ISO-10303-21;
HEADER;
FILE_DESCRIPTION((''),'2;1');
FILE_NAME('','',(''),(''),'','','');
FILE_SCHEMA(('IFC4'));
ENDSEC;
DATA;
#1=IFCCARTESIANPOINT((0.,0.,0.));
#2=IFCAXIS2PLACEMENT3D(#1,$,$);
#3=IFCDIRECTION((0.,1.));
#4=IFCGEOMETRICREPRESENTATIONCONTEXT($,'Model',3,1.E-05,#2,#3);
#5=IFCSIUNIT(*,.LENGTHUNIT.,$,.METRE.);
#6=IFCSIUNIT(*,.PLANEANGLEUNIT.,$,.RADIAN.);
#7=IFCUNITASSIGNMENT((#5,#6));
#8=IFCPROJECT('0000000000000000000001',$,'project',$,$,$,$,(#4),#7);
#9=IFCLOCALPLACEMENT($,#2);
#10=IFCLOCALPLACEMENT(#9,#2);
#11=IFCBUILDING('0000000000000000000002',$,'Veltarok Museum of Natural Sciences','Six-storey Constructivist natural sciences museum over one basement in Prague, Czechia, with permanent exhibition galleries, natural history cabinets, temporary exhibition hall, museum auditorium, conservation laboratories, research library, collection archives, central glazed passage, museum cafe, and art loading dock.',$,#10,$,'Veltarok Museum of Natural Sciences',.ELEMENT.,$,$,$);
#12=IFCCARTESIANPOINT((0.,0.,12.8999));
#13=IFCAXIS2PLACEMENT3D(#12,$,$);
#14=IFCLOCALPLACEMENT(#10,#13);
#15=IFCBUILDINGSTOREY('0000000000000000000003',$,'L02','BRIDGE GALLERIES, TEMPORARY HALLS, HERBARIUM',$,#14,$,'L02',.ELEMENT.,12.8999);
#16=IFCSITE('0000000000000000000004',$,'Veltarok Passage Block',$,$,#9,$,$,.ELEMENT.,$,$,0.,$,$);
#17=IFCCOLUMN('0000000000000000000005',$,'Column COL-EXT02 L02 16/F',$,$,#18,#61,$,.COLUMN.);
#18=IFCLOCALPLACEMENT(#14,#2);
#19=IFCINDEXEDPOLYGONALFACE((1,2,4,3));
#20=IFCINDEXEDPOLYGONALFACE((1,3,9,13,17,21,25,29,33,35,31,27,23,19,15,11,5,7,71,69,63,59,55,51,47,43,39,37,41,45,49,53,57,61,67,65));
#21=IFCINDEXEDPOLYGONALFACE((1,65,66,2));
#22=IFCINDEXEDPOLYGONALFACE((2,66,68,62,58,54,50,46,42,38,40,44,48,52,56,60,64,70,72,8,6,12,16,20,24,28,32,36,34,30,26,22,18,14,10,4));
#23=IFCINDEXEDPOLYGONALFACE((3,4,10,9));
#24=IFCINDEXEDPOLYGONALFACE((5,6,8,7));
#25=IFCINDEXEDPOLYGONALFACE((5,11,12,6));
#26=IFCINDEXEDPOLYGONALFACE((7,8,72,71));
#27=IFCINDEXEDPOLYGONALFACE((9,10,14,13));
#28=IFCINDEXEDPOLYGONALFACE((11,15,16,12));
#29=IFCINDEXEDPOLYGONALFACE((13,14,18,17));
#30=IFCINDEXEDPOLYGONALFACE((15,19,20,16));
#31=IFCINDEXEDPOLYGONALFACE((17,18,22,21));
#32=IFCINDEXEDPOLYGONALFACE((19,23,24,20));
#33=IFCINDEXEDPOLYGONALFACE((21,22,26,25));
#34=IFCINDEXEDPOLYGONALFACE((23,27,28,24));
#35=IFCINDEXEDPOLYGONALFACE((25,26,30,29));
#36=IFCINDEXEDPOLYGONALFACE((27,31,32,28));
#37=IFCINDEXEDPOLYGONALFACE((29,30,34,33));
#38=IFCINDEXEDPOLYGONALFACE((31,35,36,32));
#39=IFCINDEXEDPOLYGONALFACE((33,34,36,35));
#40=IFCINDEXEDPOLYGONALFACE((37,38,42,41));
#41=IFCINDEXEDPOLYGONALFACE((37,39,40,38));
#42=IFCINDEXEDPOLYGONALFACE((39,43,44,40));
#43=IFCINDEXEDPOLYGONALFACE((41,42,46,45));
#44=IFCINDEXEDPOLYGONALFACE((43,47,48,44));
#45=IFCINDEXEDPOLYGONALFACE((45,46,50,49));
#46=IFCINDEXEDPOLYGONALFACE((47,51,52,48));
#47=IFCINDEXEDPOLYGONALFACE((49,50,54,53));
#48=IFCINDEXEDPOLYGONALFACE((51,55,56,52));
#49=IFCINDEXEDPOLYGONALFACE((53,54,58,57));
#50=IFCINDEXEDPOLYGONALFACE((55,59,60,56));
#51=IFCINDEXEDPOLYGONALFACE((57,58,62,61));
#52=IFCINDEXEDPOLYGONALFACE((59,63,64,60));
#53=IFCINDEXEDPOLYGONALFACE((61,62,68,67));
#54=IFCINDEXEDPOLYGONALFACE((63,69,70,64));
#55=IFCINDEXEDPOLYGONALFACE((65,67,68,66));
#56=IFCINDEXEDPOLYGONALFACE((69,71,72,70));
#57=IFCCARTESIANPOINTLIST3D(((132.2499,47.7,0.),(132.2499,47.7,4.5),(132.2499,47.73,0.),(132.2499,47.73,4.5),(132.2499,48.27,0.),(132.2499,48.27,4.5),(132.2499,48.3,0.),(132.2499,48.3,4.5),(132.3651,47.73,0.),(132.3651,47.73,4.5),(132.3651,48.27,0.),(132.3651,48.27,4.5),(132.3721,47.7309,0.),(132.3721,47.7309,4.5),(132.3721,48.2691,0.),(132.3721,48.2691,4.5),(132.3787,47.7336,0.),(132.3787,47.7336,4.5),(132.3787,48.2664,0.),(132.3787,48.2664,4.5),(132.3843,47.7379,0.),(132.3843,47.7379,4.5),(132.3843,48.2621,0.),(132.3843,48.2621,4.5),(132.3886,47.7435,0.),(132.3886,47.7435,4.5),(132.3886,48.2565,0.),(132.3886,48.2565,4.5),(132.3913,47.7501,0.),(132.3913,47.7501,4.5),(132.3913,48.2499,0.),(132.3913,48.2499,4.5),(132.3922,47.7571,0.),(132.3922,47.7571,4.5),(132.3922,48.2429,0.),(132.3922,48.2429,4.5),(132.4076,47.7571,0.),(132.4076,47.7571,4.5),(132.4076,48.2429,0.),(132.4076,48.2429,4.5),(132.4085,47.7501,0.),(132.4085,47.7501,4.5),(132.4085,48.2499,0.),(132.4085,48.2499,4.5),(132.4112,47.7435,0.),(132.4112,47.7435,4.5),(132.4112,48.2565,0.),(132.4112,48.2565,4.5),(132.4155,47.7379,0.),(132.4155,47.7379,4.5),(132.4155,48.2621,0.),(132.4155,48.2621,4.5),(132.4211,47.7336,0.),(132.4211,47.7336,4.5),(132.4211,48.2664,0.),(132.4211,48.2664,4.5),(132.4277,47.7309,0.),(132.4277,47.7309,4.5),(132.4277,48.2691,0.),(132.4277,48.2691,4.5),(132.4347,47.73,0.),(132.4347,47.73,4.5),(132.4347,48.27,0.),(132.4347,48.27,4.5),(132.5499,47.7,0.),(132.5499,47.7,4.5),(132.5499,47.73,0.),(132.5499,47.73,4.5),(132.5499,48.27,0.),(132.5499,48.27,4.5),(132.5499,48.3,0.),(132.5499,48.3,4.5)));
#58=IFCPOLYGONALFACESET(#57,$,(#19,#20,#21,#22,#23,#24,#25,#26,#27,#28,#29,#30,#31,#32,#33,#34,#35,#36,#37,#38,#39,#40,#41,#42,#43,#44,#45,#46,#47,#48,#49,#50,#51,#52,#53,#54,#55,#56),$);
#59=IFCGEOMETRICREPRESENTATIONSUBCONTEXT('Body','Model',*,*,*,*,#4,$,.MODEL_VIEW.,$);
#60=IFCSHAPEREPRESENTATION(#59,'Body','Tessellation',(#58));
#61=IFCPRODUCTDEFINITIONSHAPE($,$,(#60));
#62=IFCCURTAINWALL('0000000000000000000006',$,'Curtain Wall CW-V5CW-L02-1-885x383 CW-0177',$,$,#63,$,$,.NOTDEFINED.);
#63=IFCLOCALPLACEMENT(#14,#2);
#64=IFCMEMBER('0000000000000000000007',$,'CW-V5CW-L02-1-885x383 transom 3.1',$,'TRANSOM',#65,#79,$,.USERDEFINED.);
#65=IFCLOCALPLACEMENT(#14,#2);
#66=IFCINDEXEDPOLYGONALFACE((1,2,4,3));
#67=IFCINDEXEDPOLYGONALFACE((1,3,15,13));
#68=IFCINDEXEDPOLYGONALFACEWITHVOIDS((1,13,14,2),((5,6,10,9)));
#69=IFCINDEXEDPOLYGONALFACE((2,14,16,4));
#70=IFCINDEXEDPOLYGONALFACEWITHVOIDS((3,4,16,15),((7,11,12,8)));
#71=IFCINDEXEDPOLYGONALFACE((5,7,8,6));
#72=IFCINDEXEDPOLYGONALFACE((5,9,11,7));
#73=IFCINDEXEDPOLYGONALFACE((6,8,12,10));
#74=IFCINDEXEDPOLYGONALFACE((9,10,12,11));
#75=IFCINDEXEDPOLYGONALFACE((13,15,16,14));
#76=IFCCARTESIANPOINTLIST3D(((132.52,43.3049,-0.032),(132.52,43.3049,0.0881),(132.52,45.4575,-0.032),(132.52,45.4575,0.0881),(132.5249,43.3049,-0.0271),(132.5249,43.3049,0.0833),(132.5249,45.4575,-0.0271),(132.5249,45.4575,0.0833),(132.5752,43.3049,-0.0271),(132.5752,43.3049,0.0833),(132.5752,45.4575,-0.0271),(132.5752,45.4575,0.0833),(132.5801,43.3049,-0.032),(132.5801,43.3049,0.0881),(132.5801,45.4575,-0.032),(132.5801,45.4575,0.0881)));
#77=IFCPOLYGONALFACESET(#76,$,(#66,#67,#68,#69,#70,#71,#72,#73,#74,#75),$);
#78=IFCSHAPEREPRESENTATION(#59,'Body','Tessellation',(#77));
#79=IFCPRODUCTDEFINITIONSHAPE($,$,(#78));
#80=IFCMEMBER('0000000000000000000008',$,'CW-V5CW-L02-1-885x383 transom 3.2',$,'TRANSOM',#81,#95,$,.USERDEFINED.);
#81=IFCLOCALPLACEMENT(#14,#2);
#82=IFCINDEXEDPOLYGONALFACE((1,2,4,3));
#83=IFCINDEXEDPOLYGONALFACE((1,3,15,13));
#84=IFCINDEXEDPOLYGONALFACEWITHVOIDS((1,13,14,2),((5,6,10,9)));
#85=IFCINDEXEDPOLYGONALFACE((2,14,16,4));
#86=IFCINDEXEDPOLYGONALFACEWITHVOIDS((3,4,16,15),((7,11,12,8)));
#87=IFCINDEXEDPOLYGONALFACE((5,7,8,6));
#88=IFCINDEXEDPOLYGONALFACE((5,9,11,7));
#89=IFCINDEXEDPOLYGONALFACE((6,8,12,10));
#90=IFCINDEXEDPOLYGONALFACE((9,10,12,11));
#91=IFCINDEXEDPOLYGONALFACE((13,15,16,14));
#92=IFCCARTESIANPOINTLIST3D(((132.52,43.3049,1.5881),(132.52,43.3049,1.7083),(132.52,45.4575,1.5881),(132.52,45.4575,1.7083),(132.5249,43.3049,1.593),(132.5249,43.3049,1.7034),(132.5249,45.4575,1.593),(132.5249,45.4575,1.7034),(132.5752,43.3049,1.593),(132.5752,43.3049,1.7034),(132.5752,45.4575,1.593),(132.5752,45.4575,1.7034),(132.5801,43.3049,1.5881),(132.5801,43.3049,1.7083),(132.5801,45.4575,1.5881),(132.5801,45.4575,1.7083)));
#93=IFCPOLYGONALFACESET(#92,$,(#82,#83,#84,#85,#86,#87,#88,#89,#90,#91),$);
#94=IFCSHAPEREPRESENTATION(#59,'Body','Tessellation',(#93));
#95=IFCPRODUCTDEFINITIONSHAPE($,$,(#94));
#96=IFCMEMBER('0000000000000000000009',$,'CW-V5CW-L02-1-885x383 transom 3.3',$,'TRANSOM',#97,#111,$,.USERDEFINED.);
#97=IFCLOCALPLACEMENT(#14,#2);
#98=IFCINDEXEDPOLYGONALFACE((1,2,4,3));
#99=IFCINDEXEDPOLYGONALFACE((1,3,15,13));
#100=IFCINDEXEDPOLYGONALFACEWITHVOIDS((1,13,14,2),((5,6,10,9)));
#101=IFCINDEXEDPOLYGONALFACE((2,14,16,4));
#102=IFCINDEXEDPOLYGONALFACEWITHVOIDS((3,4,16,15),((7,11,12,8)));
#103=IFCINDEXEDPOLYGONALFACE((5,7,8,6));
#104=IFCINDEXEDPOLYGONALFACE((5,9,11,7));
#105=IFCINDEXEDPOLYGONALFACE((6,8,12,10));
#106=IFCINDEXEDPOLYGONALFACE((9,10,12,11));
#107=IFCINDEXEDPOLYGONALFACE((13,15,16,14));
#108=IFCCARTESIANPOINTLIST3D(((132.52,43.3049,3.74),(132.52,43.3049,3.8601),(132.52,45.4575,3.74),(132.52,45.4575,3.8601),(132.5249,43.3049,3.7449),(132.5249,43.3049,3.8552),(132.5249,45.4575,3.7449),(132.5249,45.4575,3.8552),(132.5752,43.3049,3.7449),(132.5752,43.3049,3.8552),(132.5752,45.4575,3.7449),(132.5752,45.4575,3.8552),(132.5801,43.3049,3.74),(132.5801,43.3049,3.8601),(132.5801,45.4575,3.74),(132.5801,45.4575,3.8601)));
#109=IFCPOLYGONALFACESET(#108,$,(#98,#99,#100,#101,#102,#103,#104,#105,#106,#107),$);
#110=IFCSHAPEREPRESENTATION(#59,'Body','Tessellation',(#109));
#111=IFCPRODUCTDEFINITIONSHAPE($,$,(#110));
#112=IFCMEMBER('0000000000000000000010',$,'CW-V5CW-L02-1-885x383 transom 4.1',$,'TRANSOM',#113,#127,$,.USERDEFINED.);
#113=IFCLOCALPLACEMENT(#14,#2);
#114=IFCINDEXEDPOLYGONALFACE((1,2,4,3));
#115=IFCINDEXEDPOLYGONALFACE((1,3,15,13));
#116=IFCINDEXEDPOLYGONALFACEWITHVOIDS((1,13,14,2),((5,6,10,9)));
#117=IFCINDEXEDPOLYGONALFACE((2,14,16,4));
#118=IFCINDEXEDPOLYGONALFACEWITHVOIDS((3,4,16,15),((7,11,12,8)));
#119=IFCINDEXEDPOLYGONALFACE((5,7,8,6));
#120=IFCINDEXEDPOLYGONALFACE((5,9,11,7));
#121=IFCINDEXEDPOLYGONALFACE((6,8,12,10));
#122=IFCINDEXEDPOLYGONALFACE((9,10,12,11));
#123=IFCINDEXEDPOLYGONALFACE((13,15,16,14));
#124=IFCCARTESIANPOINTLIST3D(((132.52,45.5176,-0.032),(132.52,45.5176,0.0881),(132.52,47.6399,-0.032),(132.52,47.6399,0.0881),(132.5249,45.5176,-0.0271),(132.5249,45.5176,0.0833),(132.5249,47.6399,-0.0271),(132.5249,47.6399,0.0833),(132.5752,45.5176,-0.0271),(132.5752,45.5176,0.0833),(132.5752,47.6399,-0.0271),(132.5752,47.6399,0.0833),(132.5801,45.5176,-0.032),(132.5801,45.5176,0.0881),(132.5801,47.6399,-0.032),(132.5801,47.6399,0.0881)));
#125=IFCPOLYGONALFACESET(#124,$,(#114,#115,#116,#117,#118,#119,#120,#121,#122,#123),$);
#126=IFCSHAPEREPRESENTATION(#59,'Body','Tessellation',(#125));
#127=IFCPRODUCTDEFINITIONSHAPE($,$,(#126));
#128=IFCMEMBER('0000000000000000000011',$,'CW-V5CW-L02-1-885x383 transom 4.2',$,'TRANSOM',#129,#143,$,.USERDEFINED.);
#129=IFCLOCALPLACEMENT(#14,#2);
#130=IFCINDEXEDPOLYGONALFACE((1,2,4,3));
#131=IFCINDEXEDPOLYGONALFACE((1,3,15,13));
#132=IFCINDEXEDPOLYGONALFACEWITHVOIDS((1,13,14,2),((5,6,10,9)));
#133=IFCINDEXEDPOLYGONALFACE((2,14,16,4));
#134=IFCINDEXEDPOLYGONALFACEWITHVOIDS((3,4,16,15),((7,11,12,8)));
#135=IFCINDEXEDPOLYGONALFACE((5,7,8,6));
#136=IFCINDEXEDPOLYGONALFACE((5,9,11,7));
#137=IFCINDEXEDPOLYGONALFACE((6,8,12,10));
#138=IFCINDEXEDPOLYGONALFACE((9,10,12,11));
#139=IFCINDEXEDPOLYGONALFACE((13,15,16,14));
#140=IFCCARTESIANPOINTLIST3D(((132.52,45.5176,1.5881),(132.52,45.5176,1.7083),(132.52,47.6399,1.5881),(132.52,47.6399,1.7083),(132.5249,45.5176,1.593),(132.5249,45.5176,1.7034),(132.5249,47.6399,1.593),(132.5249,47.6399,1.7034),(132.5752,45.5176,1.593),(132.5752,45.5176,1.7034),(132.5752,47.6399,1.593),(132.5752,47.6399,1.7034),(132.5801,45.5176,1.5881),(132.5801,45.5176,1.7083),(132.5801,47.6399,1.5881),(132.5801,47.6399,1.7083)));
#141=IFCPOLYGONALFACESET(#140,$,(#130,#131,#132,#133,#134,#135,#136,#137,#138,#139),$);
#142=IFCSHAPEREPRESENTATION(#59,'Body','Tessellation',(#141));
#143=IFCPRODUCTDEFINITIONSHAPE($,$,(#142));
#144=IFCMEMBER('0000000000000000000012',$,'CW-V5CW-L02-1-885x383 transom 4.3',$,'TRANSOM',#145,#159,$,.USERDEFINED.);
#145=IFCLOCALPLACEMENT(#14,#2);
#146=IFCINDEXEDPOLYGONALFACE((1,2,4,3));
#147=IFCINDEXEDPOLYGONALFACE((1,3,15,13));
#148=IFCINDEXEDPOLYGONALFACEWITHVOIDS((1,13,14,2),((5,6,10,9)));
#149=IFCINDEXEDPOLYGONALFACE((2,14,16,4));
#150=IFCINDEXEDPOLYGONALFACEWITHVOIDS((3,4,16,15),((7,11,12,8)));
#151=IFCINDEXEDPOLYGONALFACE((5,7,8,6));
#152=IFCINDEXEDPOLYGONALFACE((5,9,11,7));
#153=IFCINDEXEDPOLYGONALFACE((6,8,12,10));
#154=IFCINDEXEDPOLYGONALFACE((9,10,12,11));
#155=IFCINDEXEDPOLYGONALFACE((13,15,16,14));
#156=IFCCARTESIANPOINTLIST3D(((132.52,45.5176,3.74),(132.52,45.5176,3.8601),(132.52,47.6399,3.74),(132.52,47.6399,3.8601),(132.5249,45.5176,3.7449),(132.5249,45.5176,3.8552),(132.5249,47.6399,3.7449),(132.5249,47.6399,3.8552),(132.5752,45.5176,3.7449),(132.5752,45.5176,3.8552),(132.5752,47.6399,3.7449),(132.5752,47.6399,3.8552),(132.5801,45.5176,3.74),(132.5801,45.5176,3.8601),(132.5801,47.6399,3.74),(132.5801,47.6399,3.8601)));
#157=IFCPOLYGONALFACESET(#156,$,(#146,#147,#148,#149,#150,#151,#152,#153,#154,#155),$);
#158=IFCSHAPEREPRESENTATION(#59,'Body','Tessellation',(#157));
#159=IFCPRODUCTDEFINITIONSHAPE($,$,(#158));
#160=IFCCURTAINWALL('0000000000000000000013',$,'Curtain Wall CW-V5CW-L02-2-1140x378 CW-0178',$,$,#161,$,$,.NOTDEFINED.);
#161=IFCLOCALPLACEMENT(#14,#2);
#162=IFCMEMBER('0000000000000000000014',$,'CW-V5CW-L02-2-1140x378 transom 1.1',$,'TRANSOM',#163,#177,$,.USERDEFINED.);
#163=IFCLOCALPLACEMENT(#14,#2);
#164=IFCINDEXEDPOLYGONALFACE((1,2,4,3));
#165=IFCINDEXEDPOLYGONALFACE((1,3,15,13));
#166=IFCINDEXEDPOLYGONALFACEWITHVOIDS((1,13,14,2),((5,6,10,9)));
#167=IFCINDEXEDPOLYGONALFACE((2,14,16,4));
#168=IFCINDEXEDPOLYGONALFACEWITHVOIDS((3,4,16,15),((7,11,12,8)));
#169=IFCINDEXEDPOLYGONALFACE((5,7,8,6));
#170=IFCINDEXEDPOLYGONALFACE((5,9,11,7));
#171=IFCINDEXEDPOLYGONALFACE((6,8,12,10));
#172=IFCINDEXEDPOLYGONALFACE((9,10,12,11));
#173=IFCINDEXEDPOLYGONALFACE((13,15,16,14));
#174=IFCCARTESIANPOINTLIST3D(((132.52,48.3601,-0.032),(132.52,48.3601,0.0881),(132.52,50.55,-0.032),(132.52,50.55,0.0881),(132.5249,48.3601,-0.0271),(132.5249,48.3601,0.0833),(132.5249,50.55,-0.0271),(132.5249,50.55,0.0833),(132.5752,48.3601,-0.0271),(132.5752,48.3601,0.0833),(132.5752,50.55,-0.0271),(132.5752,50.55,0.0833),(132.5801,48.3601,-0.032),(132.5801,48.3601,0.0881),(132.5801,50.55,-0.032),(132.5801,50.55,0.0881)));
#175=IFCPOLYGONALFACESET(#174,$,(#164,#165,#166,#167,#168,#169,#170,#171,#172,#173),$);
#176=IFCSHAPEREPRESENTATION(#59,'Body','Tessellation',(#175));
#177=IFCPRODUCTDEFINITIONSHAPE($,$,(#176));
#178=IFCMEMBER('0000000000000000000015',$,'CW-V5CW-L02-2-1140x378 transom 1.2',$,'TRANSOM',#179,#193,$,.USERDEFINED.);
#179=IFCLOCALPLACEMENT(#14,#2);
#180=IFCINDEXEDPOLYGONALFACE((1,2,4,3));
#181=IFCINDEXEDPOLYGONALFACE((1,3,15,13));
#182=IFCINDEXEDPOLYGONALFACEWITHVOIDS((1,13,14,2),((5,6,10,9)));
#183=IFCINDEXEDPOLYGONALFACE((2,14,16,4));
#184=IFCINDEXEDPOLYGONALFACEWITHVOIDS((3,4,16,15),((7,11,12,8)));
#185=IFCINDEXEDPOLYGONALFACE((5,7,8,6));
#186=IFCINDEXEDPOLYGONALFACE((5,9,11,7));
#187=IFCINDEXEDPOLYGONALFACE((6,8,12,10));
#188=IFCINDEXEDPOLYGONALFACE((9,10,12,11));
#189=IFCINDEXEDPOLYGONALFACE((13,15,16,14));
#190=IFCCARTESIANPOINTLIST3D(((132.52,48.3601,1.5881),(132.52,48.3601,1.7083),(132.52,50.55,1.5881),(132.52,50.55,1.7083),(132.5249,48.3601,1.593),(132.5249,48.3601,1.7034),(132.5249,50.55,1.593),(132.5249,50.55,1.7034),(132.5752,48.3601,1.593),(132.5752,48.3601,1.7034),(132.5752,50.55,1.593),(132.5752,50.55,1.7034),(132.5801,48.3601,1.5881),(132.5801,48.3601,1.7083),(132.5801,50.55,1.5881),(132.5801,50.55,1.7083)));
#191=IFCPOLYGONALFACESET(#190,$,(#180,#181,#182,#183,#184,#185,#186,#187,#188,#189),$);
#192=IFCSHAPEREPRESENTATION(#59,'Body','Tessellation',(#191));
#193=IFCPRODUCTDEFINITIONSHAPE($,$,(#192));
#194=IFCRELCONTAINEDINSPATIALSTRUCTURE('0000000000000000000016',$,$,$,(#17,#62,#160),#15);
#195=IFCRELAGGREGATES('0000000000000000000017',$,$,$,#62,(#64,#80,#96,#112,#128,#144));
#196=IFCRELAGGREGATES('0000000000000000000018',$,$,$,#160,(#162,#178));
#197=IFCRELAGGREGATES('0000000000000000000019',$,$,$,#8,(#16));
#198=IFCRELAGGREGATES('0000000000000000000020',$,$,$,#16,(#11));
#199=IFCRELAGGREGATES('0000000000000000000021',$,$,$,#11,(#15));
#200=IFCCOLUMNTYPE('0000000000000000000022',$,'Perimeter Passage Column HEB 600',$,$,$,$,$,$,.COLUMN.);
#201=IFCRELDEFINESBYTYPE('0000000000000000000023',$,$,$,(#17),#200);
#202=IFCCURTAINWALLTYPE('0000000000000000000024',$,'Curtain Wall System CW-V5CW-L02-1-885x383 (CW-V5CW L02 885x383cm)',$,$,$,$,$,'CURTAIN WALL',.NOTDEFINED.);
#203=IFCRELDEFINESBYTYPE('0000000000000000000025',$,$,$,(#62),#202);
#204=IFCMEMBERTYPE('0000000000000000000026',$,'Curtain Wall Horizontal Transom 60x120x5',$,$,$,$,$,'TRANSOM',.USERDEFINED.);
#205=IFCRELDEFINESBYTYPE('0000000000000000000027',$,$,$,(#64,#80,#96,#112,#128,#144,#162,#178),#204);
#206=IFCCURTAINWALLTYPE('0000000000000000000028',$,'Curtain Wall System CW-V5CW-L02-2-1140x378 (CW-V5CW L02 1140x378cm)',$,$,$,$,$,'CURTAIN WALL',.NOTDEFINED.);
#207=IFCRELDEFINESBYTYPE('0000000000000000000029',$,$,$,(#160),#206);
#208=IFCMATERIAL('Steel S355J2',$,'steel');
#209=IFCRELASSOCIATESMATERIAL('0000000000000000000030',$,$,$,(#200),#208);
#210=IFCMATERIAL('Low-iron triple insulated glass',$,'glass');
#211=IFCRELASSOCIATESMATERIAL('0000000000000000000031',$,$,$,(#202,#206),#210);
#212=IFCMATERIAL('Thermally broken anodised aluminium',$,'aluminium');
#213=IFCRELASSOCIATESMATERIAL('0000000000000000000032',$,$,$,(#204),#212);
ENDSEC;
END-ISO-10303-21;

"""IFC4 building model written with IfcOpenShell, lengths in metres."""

from ifc_helpers import new_model, si_unit, direction, frame, origin, origin_2d, place, context, subcontext, project, spatial, hollow_rectangle, i_section, extrude, material, material_profile, profile_set, type_object, element, aggregate, save


model = new_model("IFC4")

# Units and contexts
model_context = context("Model", 3, precision=1e-05, world=origin(), true_north=direction((0.0, 1.0)))
body_context = subcontext(model_context, "Body", "Model", "MODEL_VIEW")
ifc_project = project(units=[si_unit("LENGTHUNIT", "METRE"), si_unit("PLANEANGLEUNIT", "RADIAN")], contexts=[model_context])

# Site, building, storey
site_placement = place(None, origin())
site = spatial("IfcSite", under=ifc_project, at=site_placement, Name="Veltarok Passage Block", CompositionType="ELEMENT", RefElevation=0.0)
building_placement = place(site_placement, origin())
building = spatial("IfcBuilding", under=site, at=building_placement, Name="Veltarok Museum of Natural Sciences", Description="Six-storey Constructivist natural sciences museum over one basement in Prague, Czechia, with permanent exhibition galleries, natural history cabinets, temporary exhibition hall, museum auditorium, conservation laboratories, research library, collection archives, central glazed passage, museum cafe, and art loading dock.", LongName="Veltarok Museum of Natural Sciences", CompositionType="ELEMENT")
storey_placement = place(building_placement, frame((0.0, 0.0, 12.8999)))
storey = spatial("IfcBuildingStorey", under=building, at=storey_placement, Name="L02", Description="BRIDGE GALLERIES, TEMPORARY HALLS, HERBARIUM", LongName="L02", CompositionType="ELEMENT", Elevation=12.8999)

# Column
ifc_material_1 = material(Name="Steel S355J2", Category="steel")
ifc_material_profile_1 = material_profile(ifc_material_1, i_section(OverallWidth=0.3, OverallDepth=0.6001, WebThickness=0.0154, FlangeThickness=0.03, FilletRadius=0.0271, at=origin_2d()), Name="HEB 600")
ifc_profile_set_1 = profile_set([ifc_material_profile_1], Name="Steel S355J2")
column_type = type_object("IfcColumnType", Name="Perimeter Passage Column HEB 600", PredefinedType="COLUMN", material=ifc_profile_set_1)
column_placement = place(storey_placement, frame((132.3999, 48.0, 0.0), z_axis=(0.0, 0.0, 1.0), x_axis=(1.0, 0.0, 0.0)))
element("IfcColumn", 1, at=column_placement, inside=storey, type_object=column_type, Name="Column COL-EXT02 L02 16/F", PredefinedType="COLUMN", context=body_context, shape_type="SweptSolid", body=[
    extrude(i_section(OverallWidth=0.3, OverallDepth=0.6001, WebThickness=0.0154, FlangeThickness=0.03, FilletRadius=0.0271, at=origin_2d()), origin(), (0.0, 0.0, 1.0), 4.5),
])

# Curtain walls, members
ifc_material_2 = material(Name="Low-iron triple insulated glass", Category="glass")
curtain_wall_type_1 = type_object("IfcCurtainWallType", Name="Curtain Wall System CW-V5CW-L02-1-885x383 (CW-V5CW L02 885x383cm)", ElementType="CURTAIN WALL", PredefinedType="NOTDEFINED", material=ifc_material_2)
curtain_wall_1_placement = place(storey_placement, origin())
curtain_wall_1 = element("IfcCurtainWall", 2, at=curtain_wall_1_placement, inside=storey, type_object=curtain_wall_type_1, Name="Curtain Wall CW-V5CW-L02-1-885x383 CW-0177", PredefinedType="NOTDEFINED")
ifc_material_3 = material(Name="Thermally broken anodised aluminium", Category="aluminium")
ifc_material_profile_2 = material_profile(ifc_material_3, hollow_rectangle(XDim=0.0601, YDim=0.1201, WallThickness=0.0049, at=origin_2d()), Name="CW TRANSOM 60x120x5")
ifc_profile_set_2 = profile_set([ifc_material_profile_2], Name="Thermally broken anodised aluminium")
member_type_1 = type_object("IfcMemberType", Name="Curtain Wall Horizontal Transom 60x120x5", ElementType="TRANSOM", PredefinedType="USERDEFINED", material=ifc_profile_set_2)
member_1_placement = place(storey_placement, frame((132.55, 43.3049, 0.0281), z_axis=(0.0, 1.0, 0.0), x_axis=(-1.0, 0.0, 0.0)))
member_1 = element("IfcMember", 3, at=member_1_placement, type_object=member_type_1, Name="CW-V5CW-L02-1-885x383 transom 3.1", ObjectType="TRANSOM", PredefinedType="USERDEFINED", context=body_context, shape_type="SweptSolid", body=[
    extrude(hollow_rectangle(XDim=0.0601, YDim=0.1201, WallThickness=0.0049, at=origin_2d()), origin(), (0.0, 0.0, 1.0), 2.1526),
])
member_2_placement = place(storey_placement, frame((132.55, 43.3049, 1.6482), z_axis=(0.0, 1.0, 0.0), x_axis=(-1.0, 0.0, 0.0)))
member_2 = element("IfcMember", 4, at=member_2_placement, type_object=member_type_1, Name="CW-V5CW-L02-1-885x383 transom 3.2", ObjectType="TRANSOM", PredefinedType="USERDEFINED", context=body_context, shape_type="SweptSolid", body=[
    extrude(hollow_rectangle(XDim=0.0601, YDim=0.1201, WallThickness=0.0049, at=origin_2d()), origin(), (0.0, 0.0, 1.0), 2.1526),
])
member_3_placement = place(storey_placement, frame((132.55, 43.3049, 3.8), z_axis=(0.0, 1.0, 0.0), x_axis=(-1.0, 0.0, 0.0)))
member_3 = element("IfcMember", 5, at=member_3_placement, type_object=member_type_1, Name="CW-V5CW-L02-1-885x383 transom 3.3", ObjectType="TRANSOM", PredefinedType="USERDEFINED", context=body_context, shape_type="SweptSolid", body=[
    extrude(hollow_rectangle(XDim=0.0601, YDim=0.1201, WallThickness=0.0049, at=origin_2d()), origin(), (0.0, 0.0, 1.0), 2.1526),
])
member_4_placement = place(storey_placement, frame((132.55, 45.5176, 0.0281), z_axis=(0.0, 1.0, 0.0), x_axis=(-1.0, 0.0, 0.0)))
member_4 = element("IfcMember", 6, at=member_4_placement, type_object=member_type_1, Name="CW-V5CW-L02-1-885x383 transom 4.1", ObjectType="TRANSOM", PredefinedType="USERDEFINED", context=body_context, shape_type="SweptSolid", body=[
    extrude(hollow_rectangle(XDim=0.0601, YDim=0.1201, WallThickness=0.0049, at=origin_2d()), origin(), (0.0, 0.0, 1.0), 2.1223),
])
member_5_placement = place(storey_placement, frame((132.55, 45.5176, 1.6482), z_axis=(0.0, 1.0, 0.0), x_axis=(-1.0, 0.0, 0.0)))
member_5 = element("IfcMember", 7, at=member_5_placement, type_object=member_type_1, Name="CW-V5CW-L02-1-885x383 transom 4.2", ObjectType="TRANSOM", PredefinedType="USERDEFINED", context=body_context, shape_type="SweptSolid", body=[
    extrude(hollow_rectangle(XDim=0.0601, YDim=0.1201, WallThickness=0.0049, at=origin_2d()), origin(), (0.0, 0.0, 1.0), 2.1223),
])
member_6_placement = place(storey_placement, frame((132.55, 45.5176, 3.8), z_axis=(0.0, 1.0, 0.0), x_axis=(-1.0, 0.0, 0.0)))
member_6 = element("IfcMember", 8, at=member_6_placement, type_object=member_type_1, Name="CW-V5CW-L02-1-885x383 transom 4.3", ObjectType="TRANSOM", PredefinedType="USERDEFINED", context=body_context, shape_type="SweptSolid", body=[
    extrude(hollow_rectangle(XDim=0.0601, YDim=0.1201, WallThickness=0.0049, at=origin_2d()), origin(), (0.0, 0.0, 1.0), 2.1223),
])
curtain_wall_type_2 = type_object("IfcCurtainWallType", Name="Curtain Wall System CW-V5CW-L02-2-1140x378 (CW-V5CW L02 1140x378cm)", ElementType="CURTAIN WALL", PredefinedType="NOTDEFINED", material=ifc_material_2)
curtain_wall_2_placement = place(storey_placement, origin())
curtain_wall_2 = element("IfcCurtainWall", 9, at=curtain_wall_2_placement, inside=storey, type_object=curtain_wall_type_2, Name="Curtain Wall CW-V5CW-L02-2-1140x378 CW-0178", PredefinedType="NOTDEFINED")
member_7_placement = place(storey_placement, frame((132.55, 48.3601, 0.0281), z_axis=(0.0, 1.0, 0.0), x_axis=(-1.0, 0.0, 0.0)))
member_7 = element("IfcMember", 10, at=member_7_placement, type_object=member_type_1, Name="CW-V5CW-L02-2-1140x378 transom 1.1", ObjectType="TRANSOM", PredefinedType="USERDEFINED", context=body_context, shape_type="SweptSolid", body=[
    extrude(hollow_rectangle(XDim=0.0601, YDim=0.1201, WallThickness=0.0049, at=origin_2d()), origin(), (0.0, 0.0, 1.0), 2.1899),
])
member_8_placement = place(storey_placement, frame((132.55, 48.3601, 1.6482), z_axis=(0.0, 1.0, 0.0), x_axis=(-1.0, 0.0, 0.0)))
member_8 = element("IfcMember", 11, at=member_8_placement, type_object=member_type_1, Name="CW-V5CW-L02-2-1140x378 transom 1.2", ObjectType="TRANSOM", PredefinedType="USERDEFINED", context=body_context, shape_type="SweptSolid", body=[
    extrude(hollow_rectangle(XDim=0.0601, YDim=0.1201, WallThickness=0.0049, at=origin_2d()), origin(), (0.0, 0.0, 1.0), 2.1899),
])

aggregate(curtain_wall_1, [member_1, member_2, member_3, member_4, member_5, member_6])
aggregate(curtain_wall_2, [member_7, member_8])

save(model, "model.ifc")
